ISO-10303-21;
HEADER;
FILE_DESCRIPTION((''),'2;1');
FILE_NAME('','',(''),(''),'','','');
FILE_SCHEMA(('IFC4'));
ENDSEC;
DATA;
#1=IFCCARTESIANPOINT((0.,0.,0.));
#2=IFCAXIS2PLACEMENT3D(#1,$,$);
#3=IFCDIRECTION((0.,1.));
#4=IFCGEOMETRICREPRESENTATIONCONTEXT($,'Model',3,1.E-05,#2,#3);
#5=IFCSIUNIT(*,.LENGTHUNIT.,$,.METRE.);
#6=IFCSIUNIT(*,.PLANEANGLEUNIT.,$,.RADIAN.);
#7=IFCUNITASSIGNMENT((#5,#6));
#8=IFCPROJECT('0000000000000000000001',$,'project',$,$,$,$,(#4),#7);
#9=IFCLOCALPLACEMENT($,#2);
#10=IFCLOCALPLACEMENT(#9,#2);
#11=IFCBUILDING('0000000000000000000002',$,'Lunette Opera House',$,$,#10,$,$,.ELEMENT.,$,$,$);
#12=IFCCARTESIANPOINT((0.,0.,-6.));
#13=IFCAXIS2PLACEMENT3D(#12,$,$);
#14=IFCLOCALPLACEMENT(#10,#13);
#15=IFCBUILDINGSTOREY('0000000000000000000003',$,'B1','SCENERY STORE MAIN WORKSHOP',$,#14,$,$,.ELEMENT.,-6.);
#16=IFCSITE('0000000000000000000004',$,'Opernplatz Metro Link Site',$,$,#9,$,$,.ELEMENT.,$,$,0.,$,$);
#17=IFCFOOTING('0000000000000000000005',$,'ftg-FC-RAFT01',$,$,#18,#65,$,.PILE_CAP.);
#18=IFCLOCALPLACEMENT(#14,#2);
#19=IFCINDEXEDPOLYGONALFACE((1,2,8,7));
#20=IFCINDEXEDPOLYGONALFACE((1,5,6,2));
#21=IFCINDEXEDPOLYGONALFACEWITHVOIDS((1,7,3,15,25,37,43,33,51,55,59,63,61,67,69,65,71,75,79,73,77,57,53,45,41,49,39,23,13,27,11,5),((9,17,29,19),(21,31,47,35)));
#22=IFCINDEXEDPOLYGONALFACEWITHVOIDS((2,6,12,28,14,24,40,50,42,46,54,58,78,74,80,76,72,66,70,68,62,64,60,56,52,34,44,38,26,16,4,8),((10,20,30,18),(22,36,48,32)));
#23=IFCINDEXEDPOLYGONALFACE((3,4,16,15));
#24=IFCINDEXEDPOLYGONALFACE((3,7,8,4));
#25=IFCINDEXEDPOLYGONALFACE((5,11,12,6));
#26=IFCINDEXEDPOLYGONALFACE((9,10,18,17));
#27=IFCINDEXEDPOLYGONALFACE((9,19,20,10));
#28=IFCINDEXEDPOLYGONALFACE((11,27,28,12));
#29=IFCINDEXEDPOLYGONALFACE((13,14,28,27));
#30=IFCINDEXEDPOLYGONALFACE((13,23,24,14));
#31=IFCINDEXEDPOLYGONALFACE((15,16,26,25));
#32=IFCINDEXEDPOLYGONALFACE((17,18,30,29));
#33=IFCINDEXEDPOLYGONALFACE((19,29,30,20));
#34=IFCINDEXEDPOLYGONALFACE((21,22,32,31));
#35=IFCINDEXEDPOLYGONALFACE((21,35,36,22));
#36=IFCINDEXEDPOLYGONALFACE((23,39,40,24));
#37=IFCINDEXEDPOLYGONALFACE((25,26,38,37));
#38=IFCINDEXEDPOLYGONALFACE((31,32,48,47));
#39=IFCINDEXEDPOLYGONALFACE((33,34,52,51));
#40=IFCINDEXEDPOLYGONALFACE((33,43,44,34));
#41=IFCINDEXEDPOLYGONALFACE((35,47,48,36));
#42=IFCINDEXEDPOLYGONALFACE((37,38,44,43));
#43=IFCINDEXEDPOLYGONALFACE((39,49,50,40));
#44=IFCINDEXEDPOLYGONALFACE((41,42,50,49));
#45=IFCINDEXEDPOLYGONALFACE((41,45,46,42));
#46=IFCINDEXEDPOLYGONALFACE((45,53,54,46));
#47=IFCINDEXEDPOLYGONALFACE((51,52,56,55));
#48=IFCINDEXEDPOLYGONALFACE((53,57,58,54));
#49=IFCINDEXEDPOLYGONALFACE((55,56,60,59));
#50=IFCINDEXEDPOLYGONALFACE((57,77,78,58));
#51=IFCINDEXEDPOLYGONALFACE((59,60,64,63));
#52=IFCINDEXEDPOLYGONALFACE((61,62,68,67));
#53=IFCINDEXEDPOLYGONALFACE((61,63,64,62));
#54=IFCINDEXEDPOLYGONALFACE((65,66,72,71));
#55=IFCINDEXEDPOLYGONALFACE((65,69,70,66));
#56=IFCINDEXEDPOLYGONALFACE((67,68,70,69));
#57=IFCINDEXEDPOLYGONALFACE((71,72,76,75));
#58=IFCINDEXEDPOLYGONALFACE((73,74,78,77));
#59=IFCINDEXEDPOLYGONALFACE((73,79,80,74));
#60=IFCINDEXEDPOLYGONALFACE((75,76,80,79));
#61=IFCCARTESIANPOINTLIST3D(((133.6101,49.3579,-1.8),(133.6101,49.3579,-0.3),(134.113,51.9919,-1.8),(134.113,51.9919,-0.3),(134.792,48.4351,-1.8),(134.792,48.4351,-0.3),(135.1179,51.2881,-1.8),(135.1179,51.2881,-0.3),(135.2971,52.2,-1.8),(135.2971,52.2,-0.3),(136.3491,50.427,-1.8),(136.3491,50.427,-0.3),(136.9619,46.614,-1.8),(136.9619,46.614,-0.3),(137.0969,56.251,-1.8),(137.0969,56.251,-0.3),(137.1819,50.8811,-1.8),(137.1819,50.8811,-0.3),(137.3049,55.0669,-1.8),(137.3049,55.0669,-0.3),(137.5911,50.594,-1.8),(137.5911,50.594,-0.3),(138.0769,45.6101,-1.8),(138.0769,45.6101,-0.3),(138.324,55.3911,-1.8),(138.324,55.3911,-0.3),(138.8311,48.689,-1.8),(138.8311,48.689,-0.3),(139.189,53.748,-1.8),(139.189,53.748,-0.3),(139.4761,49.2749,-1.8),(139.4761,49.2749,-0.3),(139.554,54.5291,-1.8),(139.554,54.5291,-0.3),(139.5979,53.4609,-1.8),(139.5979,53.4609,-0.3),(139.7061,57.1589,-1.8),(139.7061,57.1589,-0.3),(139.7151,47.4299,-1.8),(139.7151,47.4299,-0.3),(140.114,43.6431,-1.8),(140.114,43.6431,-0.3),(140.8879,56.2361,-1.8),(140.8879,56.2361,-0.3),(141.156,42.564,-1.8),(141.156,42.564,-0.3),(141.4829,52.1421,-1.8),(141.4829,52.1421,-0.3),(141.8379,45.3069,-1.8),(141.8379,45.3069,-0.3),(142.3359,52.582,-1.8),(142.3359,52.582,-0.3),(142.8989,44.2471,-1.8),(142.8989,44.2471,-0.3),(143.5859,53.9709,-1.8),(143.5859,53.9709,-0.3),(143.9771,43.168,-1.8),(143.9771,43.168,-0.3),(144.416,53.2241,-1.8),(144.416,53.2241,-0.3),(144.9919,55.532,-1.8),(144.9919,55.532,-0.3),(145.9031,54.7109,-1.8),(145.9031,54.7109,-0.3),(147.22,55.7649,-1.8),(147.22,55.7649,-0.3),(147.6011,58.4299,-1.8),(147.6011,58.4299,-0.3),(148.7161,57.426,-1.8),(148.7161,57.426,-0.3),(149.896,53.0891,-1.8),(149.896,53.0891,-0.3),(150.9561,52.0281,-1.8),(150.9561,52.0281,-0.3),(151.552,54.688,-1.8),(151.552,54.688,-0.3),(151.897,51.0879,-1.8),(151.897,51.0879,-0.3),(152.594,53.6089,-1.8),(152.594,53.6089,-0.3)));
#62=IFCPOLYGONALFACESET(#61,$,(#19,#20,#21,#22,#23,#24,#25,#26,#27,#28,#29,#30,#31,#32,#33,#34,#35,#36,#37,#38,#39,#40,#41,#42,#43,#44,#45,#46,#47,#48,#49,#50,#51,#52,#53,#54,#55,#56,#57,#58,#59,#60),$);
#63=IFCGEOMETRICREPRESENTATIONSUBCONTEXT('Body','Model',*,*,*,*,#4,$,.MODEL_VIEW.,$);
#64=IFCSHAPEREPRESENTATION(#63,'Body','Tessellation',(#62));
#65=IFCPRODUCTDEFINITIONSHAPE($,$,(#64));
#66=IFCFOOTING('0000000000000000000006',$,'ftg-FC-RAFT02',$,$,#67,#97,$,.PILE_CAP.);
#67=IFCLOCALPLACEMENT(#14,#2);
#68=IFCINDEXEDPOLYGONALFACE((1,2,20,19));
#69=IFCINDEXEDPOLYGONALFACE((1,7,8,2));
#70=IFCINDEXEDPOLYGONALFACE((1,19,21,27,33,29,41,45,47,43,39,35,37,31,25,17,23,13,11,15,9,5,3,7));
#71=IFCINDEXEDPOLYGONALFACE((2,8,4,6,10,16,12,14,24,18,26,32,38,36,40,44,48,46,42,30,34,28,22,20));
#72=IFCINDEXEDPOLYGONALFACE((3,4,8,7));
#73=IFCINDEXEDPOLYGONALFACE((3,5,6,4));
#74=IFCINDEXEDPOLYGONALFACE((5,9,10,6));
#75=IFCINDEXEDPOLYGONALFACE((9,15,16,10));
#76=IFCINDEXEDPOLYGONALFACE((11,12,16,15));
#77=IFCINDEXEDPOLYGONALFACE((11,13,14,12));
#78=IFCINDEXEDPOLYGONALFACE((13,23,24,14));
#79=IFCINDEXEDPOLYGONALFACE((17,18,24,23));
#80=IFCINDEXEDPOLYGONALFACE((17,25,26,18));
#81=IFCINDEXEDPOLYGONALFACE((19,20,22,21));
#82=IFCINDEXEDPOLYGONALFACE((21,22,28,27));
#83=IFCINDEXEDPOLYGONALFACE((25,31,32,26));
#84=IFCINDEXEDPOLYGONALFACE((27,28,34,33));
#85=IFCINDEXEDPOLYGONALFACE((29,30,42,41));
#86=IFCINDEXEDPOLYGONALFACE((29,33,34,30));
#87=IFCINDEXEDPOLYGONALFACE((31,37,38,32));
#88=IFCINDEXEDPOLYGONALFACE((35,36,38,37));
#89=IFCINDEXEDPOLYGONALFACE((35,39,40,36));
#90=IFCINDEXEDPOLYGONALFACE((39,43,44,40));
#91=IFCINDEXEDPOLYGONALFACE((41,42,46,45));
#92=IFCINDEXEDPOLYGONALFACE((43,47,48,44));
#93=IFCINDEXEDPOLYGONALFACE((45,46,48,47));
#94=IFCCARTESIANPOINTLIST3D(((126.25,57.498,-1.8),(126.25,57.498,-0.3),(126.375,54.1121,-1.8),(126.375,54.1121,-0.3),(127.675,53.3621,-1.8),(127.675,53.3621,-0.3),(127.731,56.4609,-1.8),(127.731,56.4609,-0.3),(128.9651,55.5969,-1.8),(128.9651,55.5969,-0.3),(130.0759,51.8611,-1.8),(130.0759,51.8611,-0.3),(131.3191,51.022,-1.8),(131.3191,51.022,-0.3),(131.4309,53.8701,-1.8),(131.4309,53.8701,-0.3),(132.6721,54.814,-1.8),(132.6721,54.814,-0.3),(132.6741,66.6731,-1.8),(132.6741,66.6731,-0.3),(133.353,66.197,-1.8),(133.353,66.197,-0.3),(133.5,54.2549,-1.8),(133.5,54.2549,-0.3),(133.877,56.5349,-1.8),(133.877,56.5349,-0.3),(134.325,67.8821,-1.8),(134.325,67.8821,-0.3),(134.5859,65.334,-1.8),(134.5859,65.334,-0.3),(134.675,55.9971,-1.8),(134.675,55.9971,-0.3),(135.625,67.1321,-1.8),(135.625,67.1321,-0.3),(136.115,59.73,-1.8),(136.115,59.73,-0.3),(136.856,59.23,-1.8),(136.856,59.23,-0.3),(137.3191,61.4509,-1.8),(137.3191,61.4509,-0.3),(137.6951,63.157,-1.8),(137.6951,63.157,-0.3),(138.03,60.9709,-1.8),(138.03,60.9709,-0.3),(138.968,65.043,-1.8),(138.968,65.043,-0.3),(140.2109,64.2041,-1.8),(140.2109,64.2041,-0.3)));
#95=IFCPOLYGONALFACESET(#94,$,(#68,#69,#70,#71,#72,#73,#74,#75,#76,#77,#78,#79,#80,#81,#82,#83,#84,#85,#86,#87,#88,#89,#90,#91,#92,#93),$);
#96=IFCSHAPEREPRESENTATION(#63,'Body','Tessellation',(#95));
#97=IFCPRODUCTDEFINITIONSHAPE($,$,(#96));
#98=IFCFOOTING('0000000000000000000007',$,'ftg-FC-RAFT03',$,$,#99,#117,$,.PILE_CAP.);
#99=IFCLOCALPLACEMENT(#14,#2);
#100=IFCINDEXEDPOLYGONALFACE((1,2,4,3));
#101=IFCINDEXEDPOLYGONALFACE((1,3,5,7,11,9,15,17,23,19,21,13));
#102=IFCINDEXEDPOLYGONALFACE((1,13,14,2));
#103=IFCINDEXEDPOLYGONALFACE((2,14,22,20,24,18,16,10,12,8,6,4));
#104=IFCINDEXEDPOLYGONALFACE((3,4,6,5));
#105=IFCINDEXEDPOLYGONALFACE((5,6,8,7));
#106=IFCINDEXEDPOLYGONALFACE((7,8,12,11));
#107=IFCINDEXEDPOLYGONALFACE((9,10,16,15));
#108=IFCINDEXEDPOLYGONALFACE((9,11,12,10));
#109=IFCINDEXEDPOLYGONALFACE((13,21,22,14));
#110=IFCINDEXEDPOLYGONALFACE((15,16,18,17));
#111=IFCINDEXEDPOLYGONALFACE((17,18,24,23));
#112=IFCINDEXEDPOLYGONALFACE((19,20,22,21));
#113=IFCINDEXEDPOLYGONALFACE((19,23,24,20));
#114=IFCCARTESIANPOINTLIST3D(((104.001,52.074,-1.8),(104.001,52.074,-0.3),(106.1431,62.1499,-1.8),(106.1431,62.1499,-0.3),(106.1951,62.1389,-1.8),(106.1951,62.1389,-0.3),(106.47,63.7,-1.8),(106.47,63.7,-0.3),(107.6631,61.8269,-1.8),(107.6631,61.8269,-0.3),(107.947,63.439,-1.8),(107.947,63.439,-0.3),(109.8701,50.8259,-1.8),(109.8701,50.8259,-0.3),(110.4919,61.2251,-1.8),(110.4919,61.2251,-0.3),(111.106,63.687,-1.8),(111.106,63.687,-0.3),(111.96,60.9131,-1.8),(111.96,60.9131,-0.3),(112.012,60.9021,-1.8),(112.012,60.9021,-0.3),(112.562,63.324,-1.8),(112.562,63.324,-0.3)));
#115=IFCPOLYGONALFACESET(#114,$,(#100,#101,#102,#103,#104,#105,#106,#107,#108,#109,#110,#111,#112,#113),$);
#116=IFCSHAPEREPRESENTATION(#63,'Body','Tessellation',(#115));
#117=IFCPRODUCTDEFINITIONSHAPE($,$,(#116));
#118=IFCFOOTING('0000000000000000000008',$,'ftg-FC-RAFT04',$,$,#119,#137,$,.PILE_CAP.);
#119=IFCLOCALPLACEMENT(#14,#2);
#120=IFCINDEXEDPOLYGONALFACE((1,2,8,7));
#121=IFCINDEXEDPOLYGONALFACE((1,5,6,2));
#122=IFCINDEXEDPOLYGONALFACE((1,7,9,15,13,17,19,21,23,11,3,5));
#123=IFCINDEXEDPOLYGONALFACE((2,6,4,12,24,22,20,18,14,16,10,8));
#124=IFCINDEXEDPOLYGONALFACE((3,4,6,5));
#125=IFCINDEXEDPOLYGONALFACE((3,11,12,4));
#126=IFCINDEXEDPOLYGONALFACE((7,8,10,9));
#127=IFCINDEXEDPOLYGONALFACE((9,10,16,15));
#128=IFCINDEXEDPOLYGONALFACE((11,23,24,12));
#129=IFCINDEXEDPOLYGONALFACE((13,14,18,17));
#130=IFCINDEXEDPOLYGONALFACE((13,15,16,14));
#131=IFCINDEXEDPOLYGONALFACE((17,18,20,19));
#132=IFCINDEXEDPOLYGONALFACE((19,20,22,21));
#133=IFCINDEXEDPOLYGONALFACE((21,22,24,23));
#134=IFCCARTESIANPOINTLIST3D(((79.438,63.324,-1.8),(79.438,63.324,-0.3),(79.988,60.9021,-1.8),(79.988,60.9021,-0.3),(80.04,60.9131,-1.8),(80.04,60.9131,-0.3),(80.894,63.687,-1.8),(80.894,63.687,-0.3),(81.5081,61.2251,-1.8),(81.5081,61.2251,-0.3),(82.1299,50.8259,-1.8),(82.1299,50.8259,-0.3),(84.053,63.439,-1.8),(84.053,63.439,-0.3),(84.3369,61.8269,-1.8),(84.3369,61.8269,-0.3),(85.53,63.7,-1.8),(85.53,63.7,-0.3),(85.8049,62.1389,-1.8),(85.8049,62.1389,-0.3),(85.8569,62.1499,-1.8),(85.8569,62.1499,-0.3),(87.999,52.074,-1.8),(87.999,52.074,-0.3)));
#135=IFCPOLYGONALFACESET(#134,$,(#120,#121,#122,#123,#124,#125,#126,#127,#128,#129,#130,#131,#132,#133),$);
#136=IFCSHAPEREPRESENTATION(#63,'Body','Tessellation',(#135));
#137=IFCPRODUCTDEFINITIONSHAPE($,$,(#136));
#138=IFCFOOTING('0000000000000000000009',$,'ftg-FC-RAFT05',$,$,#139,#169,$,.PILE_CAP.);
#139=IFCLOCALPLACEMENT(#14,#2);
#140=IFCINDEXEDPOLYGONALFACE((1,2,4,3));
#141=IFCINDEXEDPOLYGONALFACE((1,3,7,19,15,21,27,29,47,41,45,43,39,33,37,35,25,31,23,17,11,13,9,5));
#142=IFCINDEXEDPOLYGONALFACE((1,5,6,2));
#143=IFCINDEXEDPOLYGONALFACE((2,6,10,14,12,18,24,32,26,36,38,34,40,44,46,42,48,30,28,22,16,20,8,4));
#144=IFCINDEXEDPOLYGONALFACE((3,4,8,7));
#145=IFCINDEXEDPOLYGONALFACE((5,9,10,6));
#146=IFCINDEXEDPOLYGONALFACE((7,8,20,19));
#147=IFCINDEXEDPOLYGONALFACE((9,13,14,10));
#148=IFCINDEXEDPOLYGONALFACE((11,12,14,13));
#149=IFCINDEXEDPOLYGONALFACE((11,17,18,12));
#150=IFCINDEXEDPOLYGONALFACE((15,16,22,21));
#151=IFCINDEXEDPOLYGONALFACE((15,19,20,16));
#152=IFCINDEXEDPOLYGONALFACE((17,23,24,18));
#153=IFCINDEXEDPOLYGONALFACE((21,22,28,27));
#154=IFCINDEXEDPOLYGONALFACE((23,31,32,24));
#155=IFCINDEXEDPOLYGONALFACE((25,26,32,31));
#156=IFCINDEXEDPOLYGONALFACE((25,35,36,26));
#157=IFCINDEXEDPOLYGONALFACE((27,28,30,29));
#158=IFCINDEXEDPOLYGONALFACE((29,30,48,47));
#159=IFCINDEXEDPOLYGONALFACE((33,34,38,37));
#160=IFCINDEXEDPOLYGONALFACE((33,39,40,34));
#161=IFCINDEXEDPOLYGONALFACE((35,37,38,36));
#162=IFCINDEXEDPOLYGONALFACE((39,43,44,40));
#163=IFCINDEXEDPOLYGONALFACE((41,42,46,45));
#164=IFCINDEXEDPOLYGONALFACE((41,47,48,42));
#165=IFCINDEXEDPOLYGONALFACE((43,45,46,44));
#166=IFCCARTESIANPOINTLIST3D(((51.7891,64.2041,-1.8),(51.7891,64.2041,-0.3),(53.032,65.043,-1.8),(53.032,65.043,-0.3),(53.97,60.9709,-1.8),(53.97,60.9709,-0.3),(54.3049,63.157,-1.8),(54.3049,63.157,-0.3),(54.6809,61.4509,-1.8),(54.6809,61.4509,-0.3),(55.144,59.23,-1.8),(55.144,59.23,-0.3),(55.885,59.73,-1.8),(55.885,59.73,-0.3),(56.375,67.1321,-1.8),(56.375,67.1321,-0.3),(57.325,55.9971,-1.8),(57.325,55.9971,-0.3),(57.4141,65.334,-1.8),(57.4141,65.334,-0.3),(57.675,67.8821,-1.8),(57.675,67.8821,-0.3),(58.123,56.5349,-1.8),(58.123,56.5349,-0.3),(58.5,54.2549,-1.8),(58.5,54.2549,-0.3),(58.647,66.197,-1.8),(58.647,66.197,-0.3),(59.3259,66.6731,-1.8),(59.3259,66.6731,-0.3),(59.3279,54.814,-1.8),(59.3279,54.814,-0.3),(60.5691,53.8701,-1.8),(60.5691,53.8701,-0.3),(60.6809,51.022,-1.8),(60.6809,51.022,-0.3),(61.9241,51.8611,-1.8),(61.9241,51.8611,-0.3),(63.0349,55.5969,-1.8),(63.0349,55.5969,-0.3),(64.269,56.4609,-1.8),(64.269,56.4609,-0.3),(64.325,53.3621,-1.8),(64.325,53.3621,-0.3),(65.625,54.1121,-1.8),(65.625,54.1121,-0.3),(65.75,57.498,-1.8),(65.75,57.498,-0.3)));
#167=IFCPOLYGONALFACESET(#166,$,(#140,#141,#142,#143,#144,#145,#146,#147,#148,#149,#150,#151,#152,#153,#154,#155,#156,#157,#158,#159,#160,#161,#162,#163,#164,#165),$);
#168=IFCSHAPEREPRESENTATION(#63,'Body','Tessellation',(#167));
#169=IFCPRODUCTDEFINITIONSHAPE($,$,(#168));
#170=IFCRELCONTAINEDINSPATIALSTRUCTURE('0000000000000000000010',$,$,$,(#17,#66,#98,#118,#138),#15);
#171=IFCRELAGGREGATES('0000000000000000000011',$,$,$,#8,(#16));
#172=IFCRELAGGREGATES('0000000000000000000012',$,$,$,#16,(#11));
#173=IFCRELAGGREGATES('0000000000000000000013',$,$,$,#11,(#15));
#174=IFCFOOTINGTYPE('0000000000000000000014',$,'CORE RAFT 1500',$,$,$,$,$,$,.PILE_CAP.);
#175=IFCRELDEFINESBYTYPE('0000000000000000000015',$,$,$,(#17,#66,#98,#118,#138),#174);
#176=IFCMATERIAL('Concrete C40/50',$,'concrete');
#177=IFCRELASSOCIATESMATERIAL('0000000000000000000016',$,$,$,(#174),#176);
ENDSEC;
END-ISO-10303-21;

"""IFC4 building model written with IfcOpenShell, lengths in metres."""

from ifc_helpers import new_model, si_unit, direction, frame, origin, place, context, subcontext, project, spatial, polyline, outline, extrude, material, type_object, element, save


model = new_model("IFC4")

# Units and contexts
model_context = context("Model", 3, precision=1e-05, world=origin(), true_north=direction((0.0, 1.0)))
body_context = subcontext(model_context, "Body", "Model", "MODEL_VIEW")
ifc_project = project(units=[si_unit("LENGTHUNIT", "METRE"), si_unit("PLANEANGLEUNIT", "RADIAN")], contexts=[model_context])

# Site, building, storey
site_placement = place(None, origin())
site = spatial("IfcSite", under=ifc_project, at=site_placement, Name="Opernplatz Metro Link Site", CompositionType="ELEMENT", RefElevation=0.0)
building_placement = place(site_placement, origin())
building = spatial("IfcBuilding", under=site, at=building_placement, Name="Lunette Opera House", CompositionType="ELEMENT")
storey_placement = place(building_placement, frame((0.0, 0.0, -6.0)))
storey = spatial("IfcBuildingStorey", under=building, at=storey_placement, Name="B1", Description="SCENERY STORE MAIN WORKSHOP", CompositionType="ELEMENT", Elevation=-6.0)

# Footings
ifc_material_1 = material(Name="Concrete C40/50", Category="concrete")
footing_type_1 = type_object("IfcFootingType", Name="CORE RAFT 1500", PredefinedType="PILE_CAP", material=ifc_material_1)
footing_1_placement = place(storey_placement, frame((0.0, 0.0, -1.8)))
element("IfcFooting", 1, at=footing_1_placement, inside=storey, type_object=footing_type_1, Name="ftg-FC-RAFT01", PredefinedType="PILE_CAP", context=body_context, shape_type="SweptSolid", body=[
    extrude(outline(polyline([(138.0769, 45.6101), (139.7151, 47.4299), (141.8379, 45.3069), (140.114, 43.6431), (141.156, 42.564), (142.8989, 44.2471), (143.9771, 43.168), (151.897, 51.0879), (150.9561, 52.0281), (152.594, 53.6089), (151.552, 54.688), (149.896, 53.0891), (147.22, 55.7649), (148.7161, 57.426), (147.6011, 58.4299), (144.9919, 55.532), (145.9031, 54.7109), (144.416, 53.2241), (143.5859, 53.9709), (142.3359, 52.582), (139.554, 54.5291), (140.8879, 56.2361), (139.7061, 57.1589), (138.324, 55.3911), (137.0969, 56.251), (134.113, 51.9919), (135.1179, 51.2881), (133.6101, 49.3579), (134.792, 48.4351), (136.3491, 50.427), (138.8311, 48.689), (136.9619, 46.614), (138.0769, 45.6101)]), holes=[polyline([(137.5911, 50.594), (139.5979, 53.4609), (141.4829, 52.1421), (139.4761, 49.2749), (137.5911, 50.594)]), polyline([(135.2971, 52.2), (137.3049, 55.0669), (139.189, 53.748), (137.1819, 50.8811), (135.2971, 52.2)])]), origin(), (0.0, 0.0, 1.0), 1.5),
])
footing_2_placement = place(storey_placement, frame((0.0, 0.0, -1.8)))
element("IfcFooting", 2, at=footing_2_placement, inside=storey, type_object=footing_type_1, Name="ftg-FC-RAFT02", PredefinedType="PILE_CAP", context=body_context, shape_type="SweptSolid", body=[
    extrude(outline(polyline([(133.5, 54.2549), (132.6721, 54.814), (133.877, 56.5349), (134.675, 55.9971), (136.856, 59.23), (136.115, 59.73), (137.3191, 61.4509), (138.03, 60.9709), (140.2109, 64.2041), (138.968, 65.043), (137.6951, 63.157), (134.5859, 65.334), (135.625, 67.1321), (134.325, 67.8821), (133.353, 66.197), (132.6741, 66.6731), (126.25, 57.498), (127.731, 56.4609), (126.375, 54.1121), (127.675, 53.3621), (128.9651, 55.5969), (131.4309, 53.8701), (130.0759, 51.8611), (131.3191, 51.022), (133.5, 54.2549)])), origin(), (0.0, 0.0, 1.0), 1.5),
])
footing_3_placement = place(storey_placement, frame((0.0, 0.0, -1.8)))
element("IfcFooting", 3, at=footing_3_placement, inside=storey, type_object=footing_type_1, Name="ftg-FC-RAFT03", PredefinedType="PILE_CAP", context=body_context, shape_type="SweptSolid", body=[
    extrude(outline(polyline([(106.1431, 62.1499), (104.001, 52.074), (109.8701, 50.8259), (112.012, 60.9021), (111.96, 60.9131), (112.562, 63.324), (111.106, 63.687), (110.4919, 61.2251), (107.6631, 61.8269), (107.947, 63.439), (106.47, 63.7), (106.1951, 62.1389), (106.1431, 62.1499)])), origin(), (0.0, 0.0, 1.0), 1.5),
])
footing_4_placement = place(storey_placement, frame((0.0, 0.0, -1.8)))
element("IfcFooting", 4, at=footing_4_placement, inside=storey, type_object=footing_type_1, Name="ftg-FC-RAFT04", PredefinedType="PILE_CAP", context=body_context, shape_type="SweptSolid", body=[
    extrude(outline(polyline([(79.988, 60.9021), (82.1299, 50.8259), (87.999, 52.074), (85.8569, 62.1499), (85.8049, 62.1389), (85.53, 63.7), (84.053, 63.439), (84.3369, 61.8269), (81.5081, 61.2251), (80.894, 63.687), (79.438, 63.324), (80.04, 60.9131), (79.988, 60.9021)])), origin(), (0.0, 0.0, 1.0), 1.5),
])
footing_5_placement = place(storey_placement, frame((0.0, 0.0, -1.8)))
element("IfcFooting", 5, at=footing_5_placement, inside=storey, type_object=footing_type_1, Name="ftg-FC-RAFT05", PredefinedType="PILE_CAP", context=body_context, shape_type="SweptSolid", body=[
    extrude(outline(polyline([(59.3279, 54.814), (58.5, 54.2549), (60.6809, 51.022), (61.9241, 51.8611), (60.5691, 53.8701), (63.0349, 55.5969), (64.325, 53.3621), (65.625, 54.1121), (64.269, 56.4609), (65.75, 57.498), (59.3259, 66.6731), (58.647, 66.197), (57.675, 67.8821), (56.375, 67.1321), (57.4141, 65.334), (54.3049, 63.157), (53.032, 65.043), (51.7891, 64.2041), (53.97, 60.9709), (54.6809, 61.4509), (55.885, 59.73), (55.144, 59.23), (57.325, 55.9971), (58.123, 56.5349), (59.3279, 54.814)])), origin(), (0.0, 0.0, 1.0), 1.5),
])

save(model, "model.ifc")
